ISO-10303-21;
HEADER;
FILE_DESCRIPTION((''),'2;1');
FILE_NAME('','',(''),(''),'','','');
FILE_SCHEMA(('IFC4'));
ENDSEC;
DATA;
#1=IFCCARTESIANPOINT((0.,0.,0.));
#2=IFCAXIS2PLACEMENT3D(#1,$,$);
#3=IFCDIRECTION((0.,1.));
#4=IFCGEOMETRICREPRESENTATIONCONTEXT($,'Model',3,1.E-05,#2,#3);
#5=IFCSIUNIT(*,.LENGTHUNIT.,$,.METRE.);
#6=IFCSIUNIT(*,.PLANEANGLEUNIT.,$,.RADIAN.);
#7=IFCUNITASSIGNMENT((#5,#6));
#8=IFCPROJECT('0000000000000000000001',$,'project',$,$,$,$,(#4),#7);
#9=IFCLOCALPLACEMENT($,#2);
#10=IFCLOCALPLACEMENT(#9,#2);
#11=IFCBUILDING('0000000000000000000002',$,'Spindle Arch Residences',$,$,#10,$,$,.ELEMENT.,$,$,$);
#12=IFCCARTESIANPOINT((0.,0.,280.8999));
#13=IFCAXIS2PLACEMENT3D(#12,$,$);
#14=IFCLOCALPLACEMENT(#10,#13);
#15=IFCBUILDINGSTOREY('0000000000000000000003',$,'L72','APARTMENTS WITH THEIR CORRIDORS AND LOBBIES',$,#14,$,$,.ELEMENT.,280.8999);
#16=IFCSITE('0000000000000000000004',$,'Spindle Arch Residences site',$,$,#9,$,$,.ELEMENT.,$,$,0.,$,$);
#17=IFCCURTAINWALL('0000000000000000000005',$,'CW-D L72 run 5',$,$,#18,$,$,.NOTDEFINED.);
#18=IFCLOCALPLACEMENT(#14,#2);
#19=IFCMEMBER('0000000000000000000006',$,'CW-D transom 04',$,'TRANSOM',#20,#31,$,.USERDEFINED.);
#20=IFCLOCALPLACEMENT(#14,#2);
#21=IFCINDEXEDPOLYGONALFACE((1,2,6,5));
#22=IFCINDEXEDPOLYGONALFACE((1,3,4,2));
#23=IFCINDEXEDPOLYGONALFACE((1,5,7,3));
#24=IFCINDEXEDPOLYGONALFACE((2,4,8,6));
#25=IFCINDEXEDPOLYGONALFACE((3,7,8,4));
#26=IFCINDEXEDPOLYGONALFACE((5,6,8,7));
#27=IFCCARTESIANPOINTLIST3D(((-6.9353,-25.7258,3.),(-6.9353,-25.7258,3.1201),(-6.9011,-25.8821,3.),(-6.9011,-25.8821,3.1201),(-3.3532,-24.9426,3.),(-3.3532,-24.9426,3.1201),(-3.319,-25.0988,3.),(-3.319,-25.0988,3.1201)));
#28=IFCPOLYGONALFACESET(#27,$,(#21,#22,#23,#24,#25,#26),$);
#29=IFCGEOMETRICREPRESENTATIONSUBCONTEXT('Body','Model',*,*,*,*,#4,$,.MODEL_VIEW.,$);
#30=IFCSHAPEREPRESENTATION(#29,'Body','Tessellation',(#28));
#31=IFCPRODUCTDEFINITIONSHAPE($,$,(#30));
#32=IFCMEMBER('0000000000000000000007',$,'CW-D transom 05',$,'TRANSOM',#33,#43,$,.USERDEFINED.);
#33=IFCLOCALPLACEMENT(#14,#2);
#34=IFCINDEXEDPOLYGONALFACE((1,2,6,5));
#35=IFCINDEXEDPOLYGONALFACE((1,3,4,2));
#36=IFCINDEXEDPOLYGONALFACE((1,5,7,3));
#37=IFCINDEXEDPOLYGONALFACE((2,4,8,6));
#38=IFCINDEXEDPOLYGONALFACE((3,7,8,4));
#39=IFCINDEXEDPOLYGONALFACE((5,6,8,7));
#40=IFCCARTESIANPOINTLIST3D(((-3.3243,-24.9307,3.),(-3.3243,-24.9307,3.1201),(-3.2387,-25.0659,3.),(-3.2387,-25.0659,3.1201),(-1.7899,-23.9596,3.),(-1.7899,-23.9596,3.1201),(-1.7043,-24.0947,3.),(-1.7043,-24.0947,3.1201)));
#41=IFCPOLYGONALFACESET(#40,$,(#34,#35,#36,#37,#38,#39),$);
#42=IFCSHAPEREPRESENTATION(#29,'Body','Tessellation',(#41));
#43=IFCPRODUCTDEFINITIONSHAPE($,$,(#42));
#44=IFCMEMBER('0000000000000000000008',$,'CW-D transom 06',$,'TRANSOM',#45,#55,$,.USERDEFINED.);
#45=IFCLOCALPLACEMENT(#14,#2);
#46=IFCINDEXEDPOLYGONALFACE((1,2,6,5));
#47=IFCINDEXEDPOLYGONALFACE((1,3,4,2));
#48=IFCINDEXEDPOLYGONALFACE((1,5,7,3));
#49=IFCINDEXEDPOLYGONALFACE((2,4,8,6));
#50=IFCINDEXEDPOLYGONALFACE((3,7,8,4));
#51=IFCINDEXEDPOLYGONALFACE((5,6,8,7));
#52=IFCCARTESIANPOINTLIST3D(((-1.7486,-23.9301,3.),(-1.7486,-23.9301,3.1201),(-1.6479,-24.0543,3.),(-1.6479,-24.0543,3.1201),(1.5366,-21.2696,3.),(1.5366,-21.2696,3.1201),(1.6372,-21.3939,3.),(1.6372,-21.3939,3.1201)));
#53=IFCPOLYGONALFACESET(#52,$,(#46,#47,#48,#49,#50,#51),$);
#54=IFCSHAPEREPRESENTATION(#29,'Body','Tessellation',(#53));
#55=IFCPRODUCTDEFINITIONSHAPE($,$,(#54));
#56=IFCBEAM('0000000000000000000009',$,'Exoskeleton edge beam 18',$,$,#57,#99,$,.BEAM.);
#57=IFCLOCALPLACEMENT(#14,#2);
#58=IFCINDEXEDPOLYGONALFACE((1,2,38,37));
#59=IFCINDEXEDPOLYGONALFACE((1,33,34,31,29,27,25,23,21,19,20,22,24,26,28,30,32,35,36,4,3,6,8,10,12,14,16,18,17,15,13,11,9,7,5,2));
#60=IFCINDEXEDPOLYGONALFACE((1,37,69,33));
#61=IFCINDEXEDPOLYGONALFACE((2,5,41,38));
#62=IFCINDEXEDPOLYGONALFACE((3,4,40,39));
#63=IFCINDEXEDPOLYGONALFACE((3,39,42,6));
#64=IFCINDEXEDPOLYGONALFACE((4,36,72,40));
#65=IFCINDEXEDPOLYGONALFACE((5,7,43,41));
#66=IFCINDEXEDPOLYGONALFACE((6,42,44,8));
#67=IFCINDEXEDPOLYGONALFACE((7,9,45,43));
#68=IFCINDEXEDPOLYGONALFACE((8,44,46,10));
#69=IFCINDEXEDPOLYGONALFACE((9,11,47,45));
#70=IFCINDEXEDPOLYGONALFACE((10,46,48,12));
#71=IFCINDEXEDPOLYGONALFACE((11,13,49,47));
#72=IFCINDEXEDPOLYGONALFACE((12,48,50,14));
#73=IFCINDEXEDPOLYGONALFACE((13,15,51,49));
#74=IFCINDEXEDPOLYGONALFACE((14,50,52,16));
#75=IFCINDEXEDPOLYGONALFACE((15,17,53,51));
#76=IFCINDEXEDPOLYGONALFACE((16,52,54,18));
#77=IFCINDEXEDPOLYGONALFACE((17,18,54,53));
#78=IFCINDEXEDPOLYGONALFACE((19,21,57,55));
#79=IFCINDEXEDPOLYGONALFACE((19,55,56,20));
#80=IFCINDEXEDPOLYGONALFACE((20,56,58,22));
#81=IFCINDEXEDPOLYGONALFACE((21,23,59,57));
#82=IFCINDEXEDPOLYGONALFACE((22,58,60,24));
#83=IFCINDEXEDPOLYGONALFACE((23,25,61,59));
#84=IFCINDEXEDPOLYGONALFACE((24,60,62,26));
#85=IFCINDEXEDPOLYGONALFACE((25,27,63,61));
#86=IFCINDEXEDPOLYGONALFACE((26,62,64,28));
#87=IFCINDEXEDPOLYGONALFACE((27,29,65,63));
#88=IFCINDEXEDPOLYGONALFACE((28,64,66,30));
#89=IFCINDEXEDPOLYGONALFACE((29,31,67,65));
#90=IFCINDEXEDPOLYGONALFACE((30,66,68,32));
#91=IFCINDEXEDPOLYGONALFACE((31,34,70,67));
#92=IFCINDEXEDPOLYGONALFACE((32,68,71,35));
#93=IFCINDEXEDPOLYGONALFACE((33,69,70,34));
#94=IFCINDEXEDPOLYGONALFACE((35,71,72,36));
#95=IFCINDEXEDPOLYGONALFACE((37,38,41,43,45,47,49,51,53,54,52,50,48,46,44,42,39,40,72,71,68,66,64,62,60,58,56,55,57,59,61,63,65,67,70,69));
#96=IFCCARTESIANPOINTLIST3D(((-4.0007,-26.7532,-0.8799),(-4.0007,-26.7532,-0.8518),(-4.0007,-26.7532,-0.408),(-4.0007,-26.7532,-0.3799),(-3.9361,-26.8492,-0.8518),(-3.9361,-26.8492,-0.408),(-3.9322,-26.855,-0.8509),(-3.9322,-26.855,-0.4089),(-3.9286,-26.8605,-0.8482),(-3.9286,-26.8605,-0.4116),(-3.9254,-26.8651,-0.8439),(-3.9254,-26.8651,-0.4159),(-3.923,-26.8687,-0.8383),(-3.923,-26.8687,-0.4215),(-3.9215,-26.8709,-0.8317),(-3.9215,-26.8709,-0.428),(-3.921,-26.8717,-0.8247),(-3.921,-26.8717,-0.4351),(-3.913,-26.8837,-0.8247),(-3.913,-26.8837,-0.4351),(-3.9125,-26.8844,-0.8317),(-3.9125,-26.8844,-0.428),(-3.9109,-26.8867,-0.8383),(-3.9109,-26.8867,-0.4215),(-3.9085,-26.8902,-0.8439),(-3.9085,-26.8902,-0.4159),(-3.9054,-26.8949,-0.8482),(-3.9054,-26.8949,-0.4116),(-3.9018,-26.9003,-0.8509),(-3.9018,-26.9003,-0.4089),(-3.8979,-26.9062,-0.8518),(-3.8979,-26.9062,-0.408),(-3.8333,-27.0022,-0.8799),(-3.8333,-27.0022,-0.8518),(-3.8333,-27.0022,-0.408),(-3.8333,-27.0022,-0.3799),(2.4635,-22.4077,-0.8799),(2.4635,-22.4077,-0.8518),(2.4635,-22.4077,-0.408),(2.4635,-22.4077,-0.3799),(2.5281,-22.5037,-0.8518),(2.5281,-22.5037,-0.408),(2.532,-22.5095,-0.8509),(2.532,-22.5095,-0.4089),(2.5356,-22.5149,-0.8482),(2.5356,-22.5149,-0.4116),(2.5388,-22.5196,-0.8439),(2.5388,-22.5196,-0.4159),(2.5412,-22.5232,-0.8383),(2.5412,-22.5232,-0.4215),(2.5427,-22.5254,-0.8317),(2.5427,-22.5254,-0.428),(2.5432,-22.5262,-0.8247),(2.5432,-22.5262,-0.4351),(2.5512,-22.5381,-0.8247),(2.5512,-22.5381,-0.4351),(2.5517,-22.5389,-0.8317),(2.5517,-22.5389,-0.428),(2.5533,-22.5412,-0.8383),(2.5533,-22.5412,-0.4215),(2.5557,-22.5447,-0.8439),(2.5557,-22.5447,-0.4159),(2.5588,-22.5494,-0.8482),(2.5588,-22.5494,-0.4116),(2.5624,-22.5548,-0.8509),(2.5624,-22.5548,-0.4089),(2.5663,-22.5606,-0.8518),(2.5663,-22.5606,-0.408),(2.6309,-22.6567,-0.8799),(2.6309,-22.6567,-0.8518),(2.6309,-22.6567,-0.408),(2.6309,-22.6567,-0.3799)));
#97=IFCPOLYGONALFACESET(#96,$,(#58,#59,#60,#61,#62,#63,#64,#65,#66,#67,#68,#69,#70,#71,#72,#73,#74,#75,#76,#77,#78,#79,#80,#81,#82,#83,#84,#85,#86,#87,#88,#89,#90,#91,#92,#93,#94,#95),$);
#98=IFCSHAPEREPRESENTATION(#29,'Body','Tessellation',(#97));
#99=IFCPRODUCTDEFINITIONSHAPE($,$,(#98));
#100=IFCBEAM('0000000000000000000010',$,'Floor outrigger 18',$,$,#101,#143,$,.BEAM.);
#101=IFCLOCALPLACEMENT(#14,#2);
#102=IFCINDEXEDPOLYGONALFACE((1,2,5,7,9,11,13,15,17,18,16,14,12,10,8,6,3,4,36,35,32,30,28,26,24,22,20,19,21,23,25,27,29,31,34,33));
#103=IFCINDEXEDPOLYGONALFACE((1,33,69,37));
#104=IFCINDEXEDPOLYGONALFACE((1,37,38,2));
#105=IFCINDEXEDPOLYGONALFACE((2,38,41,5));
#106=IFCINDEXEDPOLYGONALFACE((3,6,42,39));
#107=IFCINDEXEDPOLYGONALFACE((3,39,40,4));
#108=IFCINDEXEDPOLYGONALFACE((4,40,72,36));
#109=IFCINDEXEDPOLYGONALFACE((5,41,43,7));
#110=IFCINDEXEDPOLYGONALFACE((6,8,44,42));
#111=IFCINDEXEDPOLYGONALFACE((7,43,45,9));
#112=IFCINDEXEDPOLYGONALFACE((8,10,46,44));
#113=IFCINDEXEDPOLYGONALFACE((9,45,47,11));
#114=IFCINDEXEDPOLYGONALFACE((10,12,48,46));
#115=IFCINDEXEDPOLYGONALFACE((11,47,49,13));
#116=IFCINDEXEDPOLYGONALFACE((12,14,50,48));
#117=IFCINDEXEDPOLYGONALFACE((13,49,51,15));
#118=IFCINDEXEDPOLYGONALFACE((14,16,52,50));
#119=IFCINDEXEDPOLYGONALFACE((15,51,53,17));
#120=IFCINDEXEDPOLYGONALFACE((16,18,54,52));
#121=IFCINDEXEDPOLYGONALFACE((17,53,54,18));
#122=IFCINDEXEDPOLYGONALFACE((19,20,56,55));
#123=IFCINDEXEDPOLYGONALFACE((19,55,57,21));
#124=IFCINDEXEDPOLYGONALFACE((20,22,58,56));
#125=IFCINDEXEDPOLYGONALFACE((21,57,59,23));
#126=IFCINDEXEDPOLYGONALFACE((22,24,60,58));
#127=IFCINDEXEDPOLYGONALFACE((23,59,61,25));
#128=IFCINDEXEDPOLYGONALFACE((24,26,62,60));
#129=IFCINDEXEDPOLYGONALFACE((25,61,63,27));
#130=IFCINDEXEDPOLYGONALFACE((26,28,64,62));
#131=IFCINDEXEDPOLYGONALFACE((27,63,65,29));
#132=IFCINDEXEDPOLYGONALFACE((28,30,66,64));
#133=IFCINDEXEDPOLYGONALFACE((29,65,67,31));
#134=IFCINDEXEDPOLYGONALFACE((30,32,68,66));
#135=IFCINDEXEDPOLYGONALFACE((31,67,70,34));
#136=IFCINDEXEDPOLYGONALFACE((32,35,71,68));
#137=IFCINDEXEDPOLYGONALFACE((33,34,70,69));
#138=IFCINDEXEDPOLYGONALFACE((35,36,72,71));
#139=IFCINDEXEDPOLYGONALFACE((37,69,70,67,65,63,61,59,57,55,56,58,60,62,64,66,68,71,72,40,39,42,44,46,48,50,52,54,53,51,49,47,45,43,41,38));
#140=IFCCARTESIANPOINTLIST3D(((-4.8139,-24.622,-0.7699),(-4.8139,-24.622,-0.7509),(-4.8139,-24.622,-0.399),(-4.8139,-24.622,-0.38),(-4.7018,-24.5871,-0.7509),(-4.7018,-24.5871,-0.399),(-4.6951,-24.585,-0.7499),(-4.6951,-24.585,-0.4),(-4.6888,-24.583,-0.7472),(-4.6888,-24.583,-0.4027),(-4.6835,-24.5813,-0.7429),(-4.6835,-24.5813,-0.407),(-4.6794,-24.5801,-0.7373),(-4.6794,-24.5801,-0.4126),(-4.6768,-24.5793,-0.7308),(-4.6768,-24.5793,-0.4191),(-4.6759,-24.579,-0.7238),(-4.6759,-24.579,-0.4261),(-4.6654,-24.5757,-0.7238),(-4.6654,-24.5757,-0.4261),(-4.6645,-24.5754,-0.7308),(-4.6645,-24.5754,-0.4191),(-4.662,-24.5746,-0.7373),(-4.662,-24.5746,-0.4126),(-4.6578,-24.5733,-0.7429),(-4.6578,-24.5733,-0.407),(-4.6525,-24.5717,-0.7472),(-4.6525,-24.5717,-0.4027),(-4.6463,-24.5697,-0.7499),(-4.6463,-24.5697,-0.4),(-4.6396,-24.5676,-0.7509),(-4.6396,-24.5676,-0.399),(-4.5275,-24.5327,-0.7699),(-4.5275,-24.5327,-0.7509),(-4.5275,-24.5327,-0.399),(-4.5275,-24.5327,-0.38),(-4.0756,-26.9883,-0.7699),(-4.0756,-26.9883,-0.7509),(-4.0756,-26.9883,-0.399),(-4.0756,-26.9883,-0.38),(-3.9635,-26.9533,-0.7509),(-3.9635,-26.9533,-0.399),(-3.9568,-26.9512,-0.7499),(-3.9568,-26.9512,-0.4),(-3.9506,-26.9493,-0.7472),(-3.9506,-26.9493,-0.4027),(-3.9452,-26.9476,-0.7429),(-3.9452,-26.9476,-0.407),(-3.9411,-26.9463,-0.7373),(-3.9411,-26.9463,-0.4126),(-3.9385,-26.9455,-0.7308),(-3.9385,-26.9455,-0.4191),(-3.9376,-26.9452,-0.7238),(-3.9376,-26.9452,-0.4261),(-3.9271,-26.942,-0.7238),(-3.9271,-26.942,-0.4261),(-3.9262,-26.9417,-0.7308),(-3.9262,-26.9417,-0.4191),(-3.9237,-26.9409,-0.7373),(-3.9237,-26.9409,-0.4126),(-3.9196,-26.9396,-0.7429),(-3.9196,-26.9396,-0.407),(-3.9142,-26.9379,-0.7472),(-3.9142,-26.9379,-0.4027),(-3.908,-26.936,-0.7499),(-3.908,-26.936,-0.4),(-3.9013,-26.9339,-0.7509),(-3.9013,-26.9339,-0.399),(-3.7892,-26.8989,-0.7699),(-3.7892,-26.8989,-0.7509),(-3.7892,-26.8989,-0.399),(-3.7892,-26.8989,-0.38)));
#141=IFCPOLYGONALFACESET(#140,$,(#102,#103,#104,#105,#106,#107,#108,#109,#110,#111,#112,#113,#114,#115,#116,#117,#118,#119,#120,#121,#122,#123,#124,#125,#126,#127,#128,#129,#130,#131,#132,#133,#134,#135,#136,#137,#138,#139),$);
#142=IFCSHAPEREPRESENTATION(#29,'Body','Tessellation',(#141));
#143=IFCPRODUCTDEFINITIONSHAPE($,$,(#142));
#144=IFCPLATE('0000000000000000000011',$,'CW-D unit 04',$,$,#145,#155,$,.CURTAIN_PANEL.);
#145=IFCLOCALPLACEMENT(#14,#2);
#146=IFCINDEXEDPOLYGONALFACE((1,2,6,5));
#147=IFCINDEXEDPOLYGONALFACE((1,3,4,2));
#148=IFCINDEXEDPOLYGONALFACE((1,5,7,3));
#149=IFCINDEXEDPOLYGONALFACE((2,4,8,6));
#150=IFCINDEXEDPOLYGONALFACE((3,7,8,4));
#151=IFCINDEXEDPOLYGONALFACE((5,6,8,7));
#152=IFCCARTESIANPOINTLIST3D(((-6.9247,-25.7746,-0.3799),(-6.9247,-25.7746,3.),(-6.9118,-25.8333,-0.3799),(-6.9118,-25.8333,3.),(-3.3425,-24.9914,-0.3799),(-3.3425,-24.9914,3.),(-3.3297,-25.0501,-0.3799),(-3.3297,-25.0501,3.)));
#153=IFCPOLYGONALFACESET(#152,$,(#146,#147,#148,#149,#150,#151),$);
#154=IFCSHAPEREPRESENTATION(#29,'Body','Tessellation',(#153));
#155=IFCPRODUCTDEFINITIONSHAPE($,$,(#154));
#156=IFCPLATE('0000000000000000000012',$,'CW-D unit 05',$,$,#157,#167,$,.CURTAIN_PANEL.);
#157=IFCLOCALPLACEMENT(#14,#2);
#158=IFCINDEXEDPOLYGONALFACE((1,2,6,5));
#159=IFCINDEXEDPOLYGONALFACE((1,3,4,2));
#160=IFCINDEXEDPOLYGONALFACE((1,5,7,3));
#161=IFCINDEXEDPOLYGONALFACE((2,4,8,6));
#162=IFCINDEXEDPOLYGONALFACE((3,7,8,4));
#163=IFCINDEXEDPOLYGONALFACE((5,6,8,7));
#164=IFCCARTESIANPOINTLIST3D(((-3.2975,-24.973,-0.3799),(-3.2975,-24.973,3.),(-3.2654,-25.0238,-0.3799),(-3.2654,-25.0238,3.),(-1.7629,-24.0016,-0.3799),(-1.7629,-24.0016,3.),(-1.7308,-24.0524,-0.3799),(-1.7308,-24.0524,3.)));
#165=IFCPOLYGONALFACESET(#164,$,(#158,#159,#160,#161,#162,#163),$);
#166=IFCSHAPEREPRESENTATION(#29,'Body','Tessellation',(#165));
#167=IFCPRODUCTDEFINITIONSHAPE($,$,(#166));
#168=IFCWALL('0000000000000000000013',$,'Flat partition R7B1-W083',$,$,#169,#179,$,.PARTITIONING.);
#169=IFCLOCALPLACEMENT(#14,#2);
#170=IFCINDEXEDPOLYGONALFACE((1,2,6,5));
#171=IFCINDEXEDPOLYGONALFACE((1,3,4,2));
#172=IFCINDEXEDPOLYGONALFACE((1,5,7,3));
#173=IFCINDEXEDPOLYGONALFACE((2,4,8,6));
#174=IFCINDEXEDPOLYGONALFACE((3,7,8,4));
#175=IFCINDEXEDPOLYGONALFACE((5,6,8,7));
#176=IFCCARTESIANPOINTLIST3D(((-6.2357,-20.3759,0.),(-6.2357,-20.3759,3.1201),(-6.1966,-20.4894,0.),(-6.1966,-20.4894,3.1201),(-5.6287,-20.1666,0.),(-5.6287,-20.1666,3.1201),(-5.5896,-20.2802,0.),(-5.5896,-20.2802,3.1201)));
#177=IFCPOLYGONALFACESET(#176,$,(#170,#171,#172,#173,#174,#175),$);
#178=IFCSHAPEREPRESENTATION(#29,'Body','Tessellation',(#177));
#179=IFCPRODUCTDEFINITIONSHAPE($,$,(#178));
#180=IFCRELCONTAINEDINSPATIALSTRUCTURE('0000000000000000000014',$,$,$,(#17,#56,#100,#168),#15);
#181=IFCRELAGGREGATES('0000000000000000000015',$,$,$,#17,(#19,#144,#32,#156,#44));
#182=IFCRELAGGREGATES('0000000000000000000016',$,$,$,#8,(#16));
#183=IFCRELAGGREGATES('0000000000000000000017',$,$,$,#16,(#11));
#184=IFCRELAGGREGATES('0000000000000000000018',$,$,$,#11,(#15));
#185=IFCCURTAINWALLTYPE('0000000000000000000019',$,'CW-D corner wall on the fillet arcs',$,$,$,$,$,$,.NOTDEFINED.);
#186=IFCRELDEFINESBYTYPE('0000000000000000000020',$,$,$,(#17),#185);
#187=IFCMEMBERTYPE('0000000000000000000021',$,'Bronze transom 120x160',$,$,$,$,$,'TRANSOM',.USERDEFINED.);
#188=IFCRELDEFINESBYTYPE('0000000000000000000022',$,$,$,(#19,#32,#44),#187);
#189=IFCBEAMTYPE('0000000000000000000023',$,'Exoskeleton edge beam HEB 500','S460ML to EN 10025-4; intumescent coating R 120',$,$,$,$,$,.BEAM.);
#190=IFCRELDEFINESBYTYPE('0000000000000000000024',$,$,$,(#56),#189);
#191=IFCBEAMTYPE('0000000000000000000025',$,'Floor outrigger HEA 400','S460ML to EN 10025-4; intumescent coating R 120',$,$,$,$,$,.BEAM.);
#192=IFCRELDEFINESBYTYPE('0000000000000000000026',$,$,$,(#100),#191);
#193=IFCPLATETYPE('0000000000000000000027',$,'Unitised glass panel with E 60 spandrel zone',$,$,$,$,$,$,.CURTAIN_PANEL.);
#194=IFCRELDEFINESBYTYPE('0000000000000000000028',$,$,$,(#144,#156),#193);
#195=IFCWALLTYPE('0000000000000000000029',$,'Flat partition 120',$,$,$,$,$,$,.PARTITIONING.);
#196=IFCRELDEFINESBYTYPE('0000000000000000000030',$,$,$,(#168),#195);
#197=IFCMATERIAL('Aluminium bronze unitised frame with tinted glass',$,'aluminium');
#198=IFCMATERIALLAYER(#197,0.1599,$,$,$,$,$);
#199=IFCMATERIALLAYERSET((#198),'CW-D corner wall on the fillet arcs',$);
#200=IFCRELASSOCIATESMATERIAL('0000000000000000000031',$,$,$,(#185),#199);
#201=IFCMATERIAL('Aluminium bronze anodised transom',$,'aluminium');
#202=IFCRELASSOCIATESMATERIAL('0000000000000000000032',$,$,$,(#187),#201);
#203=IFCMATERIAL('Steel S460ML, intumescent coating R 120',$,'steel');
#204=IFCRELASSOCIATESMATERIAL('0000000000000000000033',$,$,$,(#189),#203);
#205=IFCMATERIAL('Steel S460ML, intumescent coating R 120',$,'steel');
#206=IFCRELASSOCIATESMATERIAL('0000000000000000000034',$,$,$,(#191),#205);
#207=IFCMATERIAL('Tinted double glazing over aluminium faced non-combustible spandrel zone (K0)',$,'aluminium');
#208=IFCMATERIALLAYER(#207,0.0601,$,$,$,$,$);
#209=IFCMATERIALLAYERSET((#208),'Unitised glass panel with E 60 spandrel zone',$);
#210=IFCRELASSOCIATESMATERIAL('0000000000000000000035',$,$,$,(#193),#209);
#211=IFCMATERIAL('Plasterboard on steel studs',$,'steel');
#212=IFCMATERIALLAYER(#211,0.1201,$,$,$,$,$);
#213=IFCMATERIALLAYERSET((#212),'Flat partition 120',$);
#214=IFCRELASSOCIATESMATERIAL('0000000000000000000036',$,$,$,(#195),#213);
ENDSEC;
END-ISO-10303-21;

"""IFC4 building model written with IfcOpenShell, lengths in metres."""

from ifc_helpers import new_model, si_unit, direction, frame, frame_2d, origin, origin_2d, place, context, subcontext, project, spatial, rectangle, i_section, extrude, material, layer, layer_set, material_profile, profile_set, type_object, element, aggregate, save


model = new_model("IFC4")

# Units and contexts
model_context = context("Model", 3, precision=1e-05, world=origin(), true_north=direction((0.0, 1.0)))
body_context = subcontext(model_context, "Body", "Model", "MODEL_VIEW")
ifc_project = project(units=[si_unit("LENGTHUNIT", "METRE"), si_unit("PLANEANGLEUNIT", "RADIAN")], contexts=[model_context])

# Site, building, storey
site_placement = place(None, origin())
site = spatial("IfcSite", under=ifc_project, at=site_placement, Name="Spindle Arch Residences site", CompositionType="ELEMENT", RefElevation=0.0)
building_placement = place(site_placement, origin())
building = spatial("IfcBuilding", under=site, at=building_placement, Name="Spindle Arch Residences", CompositionType="ELEMENT")
storey_placement = place(building_placement, frame((0.0, 0.0, 280.8999)))
storey = spatial("IfcBuildingStorey", under=building, at=storey_placement, Name="L72", Description="APARTMENTS WITH THEIR CORRIDORS AND LOBBIES", CompositionType="ELEMENT", Elevation=280.8999)

# Curtain wall, members
ifc_material_1 = material(Name="Aluminium bronze unitised frame with tinted glass", Category="aluminium")
ifc_layer_1 = layer(ifc_material_1, 0.1599)
ifc_layer_set_1 = layer_set([ifc_layer_1], Name="CW-D corner wall on the fillet arcs")
curtain_wall_type = type_object("IfcCurtainWallType", Name="CW-D corner wall on the fillet arcs", PredefinedType="NOTDEFINED", material=ifc_layer_set_1)
curtain_wall_placement = place(storey_placement, origin())
curtain_wall = element("IfcCurtainWall", 1, at=curtain_wall_placement, inside=storey, type_object=curtain_wall_type, Name="CW-D L72 run 5", PredefinedType="NOTDEFINED")
ifc_material_2 = material(Name="Aluminium bronze anodised transom", Category="aluminium")
ifc_material_profile_1 = material_profile(ifc_material_2, rectangle(XDim=0.1599, YDim=0.1201, at=origin_2d()), Name="TR 120x160")
ifc_profile_set_1 = profile_set([ifc_material_profile_1], Name="Aluminium bronze anodised transom")
member_type_1 = type_object("IfcMemberType", Name="Bronze transom 120x160", ElementType="TRANSOM", PredefinedType="USERDEFINED", material=ifc_profile_set_1)
member_1_placement = place(storey_placement, frame((-6.9182, -25.804, 3.0601), z_axis=(0.976921, 0.213602, 0.0), x_axis=(-0.213602, 0.976921, 0.0)))
member_1 = element("IfcMember", 2, at=member_1_placement, type_object=member_type_1, Name="CW-D transom 04", ObjectType="TRANSOM", PredefinedType="USERDEFINED", context=body_context, shape_type="SweptSolid", body=[
    extrude(rectangle(XDim=0.1599, YDim=0.1201, at=origin_2d()), origin(), (0.0, 0.0, 1.0), 3.6667),
])
member_2_placement = place(storey_placement, frame((-3.2815, -24.9983, 3.0601), z_axis=(0.844971, 0.534812, 0.0), x_axis=(-0.534812, 0.844971, 0.0)))
member_2 = element("IfcMember", 3, at=member_2_placement, type_object=member_type_1, Name="CW-D transom 05", ObjectType="TRANSOM", PredefinedType="USERDEFINED", context=body_context, shape_type="SweptSolid", body=[
    extrude(rectangle(XDim=0.1599, YDim=0.1201, at=origin_2d()), origin(), (0.0, 0.0, 1.0), 1.8159),
])
member_3_placement = place(storey_placement, frame((-1.6982, -23.9922, 3.0601), z_axis=(0.777131, 0.629339, 0.0), x_axis=(-0.629339, 0.777131, 0.0)))
member_3 = element("IfcMember", 4, at=member_3_placement, type_object=member_type_1, Name="CW-D transom 06", ObjectType="TRANSOM", PredefinedType="USERDEFINED", context=body_context, shape_type="SweptSolid", body=[
    extrude(rectangle(XDim=0.1599, YDim=0.1201, at=origin_2d()), origin(), (0.0, 0.0, 1.0), 4.2273),
])

# Beams
ifc_material_3 = material(Name="Steel S460ML, intumescent coating R 120", Category="steel")
ifc_material_profile_2 = material_profile(ifc_material_3, i_section(OverallWidth=0.3, OverallDepth=0.5, WebThickness=0.0144, FlangeThickness=0.0281, FilletRadius=0.0271, at=origin_2d()), Name="HEB 500")
ifc_profile_set_2 = profile_set([ifc_material_profile_2], Name="Steel S460ML, intumescent coating R 120")
beam_type_1 = type_object("IfcBeamType", Name="Exoskeleton edge beam HEB 500", Description="S460ML to EN 10025-4; intumescent coating R 120", PredefinedType="BEAM", material=ifc_profile_set_2)
beam_1_placement = place(storey_placement, frame((-3.917, -26.8777, -0.6299), z_axis=(0.829908, 0.5579, 0.0), x_axis=(-0.5579, 0.829908, 0.0)))
element("IfcBeam", 5, at=beam_1_placement, inside=storey, type_object=beam_type_1, Name="Exoskeleton edge beam 18", PredefinedType="BEAM", context=body_context, shape_type="SweptSolid", body=[
    extrude(i_section(OverallWidth=0.3, OverallDepth=0.5, WebThickness=0.0144, FlangeThickness=0.0281, FilletRadius=0.0271, at=origin_2d()), origin(), (0.0, 0.0, 1.0), 7.7891),
])
ifc_material_4 = material(Name="Steel S460ML, intumescent coating R 120", Category="steel")
ifc_material_profile_3 = material_profile(ifc_material_4, i_section(OverallWidth=0.3, OverallDepth=0.3899, WebThickness=0.011, FlangeThickness=0.019, FilletRadius=0.0271, at=origin_2d()), Name="HEA 400")
ifc_profile_set_3 = profile_set([ifc_material_profile_3], Name="Steel S460ML, intumescent coating R 120")
beam_type_2 = type_object("IfcBeamType", Name="Floor outrigger HEA 400", Description="S460ML to EN 10025-4; intumescent coating R 120", PredefinedType="BEAM", material=ifc_profile_set_3)
beam_2_placement = place(storey_placement, frame((-3.9324, -26.9436, -0.575), z_axis=(-0.297849, 0.954613, 0.0), x_axis=(-0.954613, -0.297849, 0.0)))
element("IfcBeam", 6, at=beam_2_placement, inside=storey, type_object=beam_type_2, Name="Floor outrigger 18", PredefinedType="BEAM", context=body_context, shape_type="SweptSolid", body=[
    extrude(i_section(OverallWidth=0.3, OverallDepth=0.3899, WebThickness=0.011, FlangeThickness=0.019, FilletRadius=0.0271, at=origin_2d()), origin(), (0.0, 0.0, 1.0), 2.4788),
])

# Plates
ifc_material_5 = material(Name="Tinted double glazing over aluminium faced non-combustible spandrel zone (K0)", Category="aluminium")
ifc_layer_2 = layer(ifc_material_5, 0.0601)
ifc_layer_set_2 = layer_set([ifc_layer_2], Name="Unitised glass panel with E 60 spandrel zone")
plate_type = type_object("IfcPlateType", Name="Unitised glass panel with E 60 spandrel zone", PredefinedType="CURTAIN_PANEL", material=ifc_layer_set_2)
plate_1_placement = place(storey_placement, frame((-5.1272, -25.4124, -0.3799), z_axis=(0.0, 0.0, 1.0), x_axis=(0.976921, 0.213599, 0.0)))
plate_1 = element("IfcPlate", 7, at=plate_1_placement, type_object=plate_type, Name="CW-D unit 04", PredefinedType="CURTAIN_PANEL", context=body_context, shape_type="SweptSolid", body=[
    extrude(rectangle(XDim=3.6667, YDim=0.0601, at=origin_2d()), origin(), (0.0, 0.0, 1.0), 3.3799),
])
plate_2_placement = place(storey_placement, frame((-2.5142, -24.5127, -0.3799), z_axis=(0.0, 0.0, 1.0), x_axis=(0.844951, 0.534844, 0.0)))
plate_2 = element("IfcPlate", 8, at=plate_2_placement, type_object=plate_type, Name="CW-D unit 05", PredefinedType="CURTAIN_PANEL", context=body_context, shape_type="SweptSolid", body=[
    extrude(rectangle(XDim=1.8162, YDim=0.0601, at=origin_2d()), origin(), (0.0, 0.0, 1.0), 3.3799),
])
aggregate(curtain_wall, [member_1, plate_1, member_2, plate_2, member_3])

# Wall
ifc_material_6 = material(Name="Plasterboard on steel studs", Category="steel")
ifc_layer_3 = layer(ifc_material_6, 0.1201)
ifc_layer_set_3 = layer_set([ifc_layer_3], Name="Flat partition 120")
wall_type_1 = type_object("IfcWallType", Name="Flat partition 120", PredefinedType="PARTITIONING", material=ifc_layer_set_3)
wall_1_placement = place(storey_placement, frame((-5.6091, -20.2234, 0.0), z_axis=(0.0, 0.0, 1.0), x_axis=(-0.945401, -0.325909, 0.0)))
element("IfcWall", 9, at=wall_1_placement, inside=storey, type_object=wall_type_1, Name="Flat partition R7B1-W083", PredefinedType="PARTITIONING", context=body_context, shape_type="SweptSolid", body=[
    extrude(rectangle(XDim=0.6421, YDim=0.1201, at=frame_2d((0.321, 0.0))), origin(), (0.0, 0.0, 1.0), 3.1201),
])

save(model, "model.ifc")
